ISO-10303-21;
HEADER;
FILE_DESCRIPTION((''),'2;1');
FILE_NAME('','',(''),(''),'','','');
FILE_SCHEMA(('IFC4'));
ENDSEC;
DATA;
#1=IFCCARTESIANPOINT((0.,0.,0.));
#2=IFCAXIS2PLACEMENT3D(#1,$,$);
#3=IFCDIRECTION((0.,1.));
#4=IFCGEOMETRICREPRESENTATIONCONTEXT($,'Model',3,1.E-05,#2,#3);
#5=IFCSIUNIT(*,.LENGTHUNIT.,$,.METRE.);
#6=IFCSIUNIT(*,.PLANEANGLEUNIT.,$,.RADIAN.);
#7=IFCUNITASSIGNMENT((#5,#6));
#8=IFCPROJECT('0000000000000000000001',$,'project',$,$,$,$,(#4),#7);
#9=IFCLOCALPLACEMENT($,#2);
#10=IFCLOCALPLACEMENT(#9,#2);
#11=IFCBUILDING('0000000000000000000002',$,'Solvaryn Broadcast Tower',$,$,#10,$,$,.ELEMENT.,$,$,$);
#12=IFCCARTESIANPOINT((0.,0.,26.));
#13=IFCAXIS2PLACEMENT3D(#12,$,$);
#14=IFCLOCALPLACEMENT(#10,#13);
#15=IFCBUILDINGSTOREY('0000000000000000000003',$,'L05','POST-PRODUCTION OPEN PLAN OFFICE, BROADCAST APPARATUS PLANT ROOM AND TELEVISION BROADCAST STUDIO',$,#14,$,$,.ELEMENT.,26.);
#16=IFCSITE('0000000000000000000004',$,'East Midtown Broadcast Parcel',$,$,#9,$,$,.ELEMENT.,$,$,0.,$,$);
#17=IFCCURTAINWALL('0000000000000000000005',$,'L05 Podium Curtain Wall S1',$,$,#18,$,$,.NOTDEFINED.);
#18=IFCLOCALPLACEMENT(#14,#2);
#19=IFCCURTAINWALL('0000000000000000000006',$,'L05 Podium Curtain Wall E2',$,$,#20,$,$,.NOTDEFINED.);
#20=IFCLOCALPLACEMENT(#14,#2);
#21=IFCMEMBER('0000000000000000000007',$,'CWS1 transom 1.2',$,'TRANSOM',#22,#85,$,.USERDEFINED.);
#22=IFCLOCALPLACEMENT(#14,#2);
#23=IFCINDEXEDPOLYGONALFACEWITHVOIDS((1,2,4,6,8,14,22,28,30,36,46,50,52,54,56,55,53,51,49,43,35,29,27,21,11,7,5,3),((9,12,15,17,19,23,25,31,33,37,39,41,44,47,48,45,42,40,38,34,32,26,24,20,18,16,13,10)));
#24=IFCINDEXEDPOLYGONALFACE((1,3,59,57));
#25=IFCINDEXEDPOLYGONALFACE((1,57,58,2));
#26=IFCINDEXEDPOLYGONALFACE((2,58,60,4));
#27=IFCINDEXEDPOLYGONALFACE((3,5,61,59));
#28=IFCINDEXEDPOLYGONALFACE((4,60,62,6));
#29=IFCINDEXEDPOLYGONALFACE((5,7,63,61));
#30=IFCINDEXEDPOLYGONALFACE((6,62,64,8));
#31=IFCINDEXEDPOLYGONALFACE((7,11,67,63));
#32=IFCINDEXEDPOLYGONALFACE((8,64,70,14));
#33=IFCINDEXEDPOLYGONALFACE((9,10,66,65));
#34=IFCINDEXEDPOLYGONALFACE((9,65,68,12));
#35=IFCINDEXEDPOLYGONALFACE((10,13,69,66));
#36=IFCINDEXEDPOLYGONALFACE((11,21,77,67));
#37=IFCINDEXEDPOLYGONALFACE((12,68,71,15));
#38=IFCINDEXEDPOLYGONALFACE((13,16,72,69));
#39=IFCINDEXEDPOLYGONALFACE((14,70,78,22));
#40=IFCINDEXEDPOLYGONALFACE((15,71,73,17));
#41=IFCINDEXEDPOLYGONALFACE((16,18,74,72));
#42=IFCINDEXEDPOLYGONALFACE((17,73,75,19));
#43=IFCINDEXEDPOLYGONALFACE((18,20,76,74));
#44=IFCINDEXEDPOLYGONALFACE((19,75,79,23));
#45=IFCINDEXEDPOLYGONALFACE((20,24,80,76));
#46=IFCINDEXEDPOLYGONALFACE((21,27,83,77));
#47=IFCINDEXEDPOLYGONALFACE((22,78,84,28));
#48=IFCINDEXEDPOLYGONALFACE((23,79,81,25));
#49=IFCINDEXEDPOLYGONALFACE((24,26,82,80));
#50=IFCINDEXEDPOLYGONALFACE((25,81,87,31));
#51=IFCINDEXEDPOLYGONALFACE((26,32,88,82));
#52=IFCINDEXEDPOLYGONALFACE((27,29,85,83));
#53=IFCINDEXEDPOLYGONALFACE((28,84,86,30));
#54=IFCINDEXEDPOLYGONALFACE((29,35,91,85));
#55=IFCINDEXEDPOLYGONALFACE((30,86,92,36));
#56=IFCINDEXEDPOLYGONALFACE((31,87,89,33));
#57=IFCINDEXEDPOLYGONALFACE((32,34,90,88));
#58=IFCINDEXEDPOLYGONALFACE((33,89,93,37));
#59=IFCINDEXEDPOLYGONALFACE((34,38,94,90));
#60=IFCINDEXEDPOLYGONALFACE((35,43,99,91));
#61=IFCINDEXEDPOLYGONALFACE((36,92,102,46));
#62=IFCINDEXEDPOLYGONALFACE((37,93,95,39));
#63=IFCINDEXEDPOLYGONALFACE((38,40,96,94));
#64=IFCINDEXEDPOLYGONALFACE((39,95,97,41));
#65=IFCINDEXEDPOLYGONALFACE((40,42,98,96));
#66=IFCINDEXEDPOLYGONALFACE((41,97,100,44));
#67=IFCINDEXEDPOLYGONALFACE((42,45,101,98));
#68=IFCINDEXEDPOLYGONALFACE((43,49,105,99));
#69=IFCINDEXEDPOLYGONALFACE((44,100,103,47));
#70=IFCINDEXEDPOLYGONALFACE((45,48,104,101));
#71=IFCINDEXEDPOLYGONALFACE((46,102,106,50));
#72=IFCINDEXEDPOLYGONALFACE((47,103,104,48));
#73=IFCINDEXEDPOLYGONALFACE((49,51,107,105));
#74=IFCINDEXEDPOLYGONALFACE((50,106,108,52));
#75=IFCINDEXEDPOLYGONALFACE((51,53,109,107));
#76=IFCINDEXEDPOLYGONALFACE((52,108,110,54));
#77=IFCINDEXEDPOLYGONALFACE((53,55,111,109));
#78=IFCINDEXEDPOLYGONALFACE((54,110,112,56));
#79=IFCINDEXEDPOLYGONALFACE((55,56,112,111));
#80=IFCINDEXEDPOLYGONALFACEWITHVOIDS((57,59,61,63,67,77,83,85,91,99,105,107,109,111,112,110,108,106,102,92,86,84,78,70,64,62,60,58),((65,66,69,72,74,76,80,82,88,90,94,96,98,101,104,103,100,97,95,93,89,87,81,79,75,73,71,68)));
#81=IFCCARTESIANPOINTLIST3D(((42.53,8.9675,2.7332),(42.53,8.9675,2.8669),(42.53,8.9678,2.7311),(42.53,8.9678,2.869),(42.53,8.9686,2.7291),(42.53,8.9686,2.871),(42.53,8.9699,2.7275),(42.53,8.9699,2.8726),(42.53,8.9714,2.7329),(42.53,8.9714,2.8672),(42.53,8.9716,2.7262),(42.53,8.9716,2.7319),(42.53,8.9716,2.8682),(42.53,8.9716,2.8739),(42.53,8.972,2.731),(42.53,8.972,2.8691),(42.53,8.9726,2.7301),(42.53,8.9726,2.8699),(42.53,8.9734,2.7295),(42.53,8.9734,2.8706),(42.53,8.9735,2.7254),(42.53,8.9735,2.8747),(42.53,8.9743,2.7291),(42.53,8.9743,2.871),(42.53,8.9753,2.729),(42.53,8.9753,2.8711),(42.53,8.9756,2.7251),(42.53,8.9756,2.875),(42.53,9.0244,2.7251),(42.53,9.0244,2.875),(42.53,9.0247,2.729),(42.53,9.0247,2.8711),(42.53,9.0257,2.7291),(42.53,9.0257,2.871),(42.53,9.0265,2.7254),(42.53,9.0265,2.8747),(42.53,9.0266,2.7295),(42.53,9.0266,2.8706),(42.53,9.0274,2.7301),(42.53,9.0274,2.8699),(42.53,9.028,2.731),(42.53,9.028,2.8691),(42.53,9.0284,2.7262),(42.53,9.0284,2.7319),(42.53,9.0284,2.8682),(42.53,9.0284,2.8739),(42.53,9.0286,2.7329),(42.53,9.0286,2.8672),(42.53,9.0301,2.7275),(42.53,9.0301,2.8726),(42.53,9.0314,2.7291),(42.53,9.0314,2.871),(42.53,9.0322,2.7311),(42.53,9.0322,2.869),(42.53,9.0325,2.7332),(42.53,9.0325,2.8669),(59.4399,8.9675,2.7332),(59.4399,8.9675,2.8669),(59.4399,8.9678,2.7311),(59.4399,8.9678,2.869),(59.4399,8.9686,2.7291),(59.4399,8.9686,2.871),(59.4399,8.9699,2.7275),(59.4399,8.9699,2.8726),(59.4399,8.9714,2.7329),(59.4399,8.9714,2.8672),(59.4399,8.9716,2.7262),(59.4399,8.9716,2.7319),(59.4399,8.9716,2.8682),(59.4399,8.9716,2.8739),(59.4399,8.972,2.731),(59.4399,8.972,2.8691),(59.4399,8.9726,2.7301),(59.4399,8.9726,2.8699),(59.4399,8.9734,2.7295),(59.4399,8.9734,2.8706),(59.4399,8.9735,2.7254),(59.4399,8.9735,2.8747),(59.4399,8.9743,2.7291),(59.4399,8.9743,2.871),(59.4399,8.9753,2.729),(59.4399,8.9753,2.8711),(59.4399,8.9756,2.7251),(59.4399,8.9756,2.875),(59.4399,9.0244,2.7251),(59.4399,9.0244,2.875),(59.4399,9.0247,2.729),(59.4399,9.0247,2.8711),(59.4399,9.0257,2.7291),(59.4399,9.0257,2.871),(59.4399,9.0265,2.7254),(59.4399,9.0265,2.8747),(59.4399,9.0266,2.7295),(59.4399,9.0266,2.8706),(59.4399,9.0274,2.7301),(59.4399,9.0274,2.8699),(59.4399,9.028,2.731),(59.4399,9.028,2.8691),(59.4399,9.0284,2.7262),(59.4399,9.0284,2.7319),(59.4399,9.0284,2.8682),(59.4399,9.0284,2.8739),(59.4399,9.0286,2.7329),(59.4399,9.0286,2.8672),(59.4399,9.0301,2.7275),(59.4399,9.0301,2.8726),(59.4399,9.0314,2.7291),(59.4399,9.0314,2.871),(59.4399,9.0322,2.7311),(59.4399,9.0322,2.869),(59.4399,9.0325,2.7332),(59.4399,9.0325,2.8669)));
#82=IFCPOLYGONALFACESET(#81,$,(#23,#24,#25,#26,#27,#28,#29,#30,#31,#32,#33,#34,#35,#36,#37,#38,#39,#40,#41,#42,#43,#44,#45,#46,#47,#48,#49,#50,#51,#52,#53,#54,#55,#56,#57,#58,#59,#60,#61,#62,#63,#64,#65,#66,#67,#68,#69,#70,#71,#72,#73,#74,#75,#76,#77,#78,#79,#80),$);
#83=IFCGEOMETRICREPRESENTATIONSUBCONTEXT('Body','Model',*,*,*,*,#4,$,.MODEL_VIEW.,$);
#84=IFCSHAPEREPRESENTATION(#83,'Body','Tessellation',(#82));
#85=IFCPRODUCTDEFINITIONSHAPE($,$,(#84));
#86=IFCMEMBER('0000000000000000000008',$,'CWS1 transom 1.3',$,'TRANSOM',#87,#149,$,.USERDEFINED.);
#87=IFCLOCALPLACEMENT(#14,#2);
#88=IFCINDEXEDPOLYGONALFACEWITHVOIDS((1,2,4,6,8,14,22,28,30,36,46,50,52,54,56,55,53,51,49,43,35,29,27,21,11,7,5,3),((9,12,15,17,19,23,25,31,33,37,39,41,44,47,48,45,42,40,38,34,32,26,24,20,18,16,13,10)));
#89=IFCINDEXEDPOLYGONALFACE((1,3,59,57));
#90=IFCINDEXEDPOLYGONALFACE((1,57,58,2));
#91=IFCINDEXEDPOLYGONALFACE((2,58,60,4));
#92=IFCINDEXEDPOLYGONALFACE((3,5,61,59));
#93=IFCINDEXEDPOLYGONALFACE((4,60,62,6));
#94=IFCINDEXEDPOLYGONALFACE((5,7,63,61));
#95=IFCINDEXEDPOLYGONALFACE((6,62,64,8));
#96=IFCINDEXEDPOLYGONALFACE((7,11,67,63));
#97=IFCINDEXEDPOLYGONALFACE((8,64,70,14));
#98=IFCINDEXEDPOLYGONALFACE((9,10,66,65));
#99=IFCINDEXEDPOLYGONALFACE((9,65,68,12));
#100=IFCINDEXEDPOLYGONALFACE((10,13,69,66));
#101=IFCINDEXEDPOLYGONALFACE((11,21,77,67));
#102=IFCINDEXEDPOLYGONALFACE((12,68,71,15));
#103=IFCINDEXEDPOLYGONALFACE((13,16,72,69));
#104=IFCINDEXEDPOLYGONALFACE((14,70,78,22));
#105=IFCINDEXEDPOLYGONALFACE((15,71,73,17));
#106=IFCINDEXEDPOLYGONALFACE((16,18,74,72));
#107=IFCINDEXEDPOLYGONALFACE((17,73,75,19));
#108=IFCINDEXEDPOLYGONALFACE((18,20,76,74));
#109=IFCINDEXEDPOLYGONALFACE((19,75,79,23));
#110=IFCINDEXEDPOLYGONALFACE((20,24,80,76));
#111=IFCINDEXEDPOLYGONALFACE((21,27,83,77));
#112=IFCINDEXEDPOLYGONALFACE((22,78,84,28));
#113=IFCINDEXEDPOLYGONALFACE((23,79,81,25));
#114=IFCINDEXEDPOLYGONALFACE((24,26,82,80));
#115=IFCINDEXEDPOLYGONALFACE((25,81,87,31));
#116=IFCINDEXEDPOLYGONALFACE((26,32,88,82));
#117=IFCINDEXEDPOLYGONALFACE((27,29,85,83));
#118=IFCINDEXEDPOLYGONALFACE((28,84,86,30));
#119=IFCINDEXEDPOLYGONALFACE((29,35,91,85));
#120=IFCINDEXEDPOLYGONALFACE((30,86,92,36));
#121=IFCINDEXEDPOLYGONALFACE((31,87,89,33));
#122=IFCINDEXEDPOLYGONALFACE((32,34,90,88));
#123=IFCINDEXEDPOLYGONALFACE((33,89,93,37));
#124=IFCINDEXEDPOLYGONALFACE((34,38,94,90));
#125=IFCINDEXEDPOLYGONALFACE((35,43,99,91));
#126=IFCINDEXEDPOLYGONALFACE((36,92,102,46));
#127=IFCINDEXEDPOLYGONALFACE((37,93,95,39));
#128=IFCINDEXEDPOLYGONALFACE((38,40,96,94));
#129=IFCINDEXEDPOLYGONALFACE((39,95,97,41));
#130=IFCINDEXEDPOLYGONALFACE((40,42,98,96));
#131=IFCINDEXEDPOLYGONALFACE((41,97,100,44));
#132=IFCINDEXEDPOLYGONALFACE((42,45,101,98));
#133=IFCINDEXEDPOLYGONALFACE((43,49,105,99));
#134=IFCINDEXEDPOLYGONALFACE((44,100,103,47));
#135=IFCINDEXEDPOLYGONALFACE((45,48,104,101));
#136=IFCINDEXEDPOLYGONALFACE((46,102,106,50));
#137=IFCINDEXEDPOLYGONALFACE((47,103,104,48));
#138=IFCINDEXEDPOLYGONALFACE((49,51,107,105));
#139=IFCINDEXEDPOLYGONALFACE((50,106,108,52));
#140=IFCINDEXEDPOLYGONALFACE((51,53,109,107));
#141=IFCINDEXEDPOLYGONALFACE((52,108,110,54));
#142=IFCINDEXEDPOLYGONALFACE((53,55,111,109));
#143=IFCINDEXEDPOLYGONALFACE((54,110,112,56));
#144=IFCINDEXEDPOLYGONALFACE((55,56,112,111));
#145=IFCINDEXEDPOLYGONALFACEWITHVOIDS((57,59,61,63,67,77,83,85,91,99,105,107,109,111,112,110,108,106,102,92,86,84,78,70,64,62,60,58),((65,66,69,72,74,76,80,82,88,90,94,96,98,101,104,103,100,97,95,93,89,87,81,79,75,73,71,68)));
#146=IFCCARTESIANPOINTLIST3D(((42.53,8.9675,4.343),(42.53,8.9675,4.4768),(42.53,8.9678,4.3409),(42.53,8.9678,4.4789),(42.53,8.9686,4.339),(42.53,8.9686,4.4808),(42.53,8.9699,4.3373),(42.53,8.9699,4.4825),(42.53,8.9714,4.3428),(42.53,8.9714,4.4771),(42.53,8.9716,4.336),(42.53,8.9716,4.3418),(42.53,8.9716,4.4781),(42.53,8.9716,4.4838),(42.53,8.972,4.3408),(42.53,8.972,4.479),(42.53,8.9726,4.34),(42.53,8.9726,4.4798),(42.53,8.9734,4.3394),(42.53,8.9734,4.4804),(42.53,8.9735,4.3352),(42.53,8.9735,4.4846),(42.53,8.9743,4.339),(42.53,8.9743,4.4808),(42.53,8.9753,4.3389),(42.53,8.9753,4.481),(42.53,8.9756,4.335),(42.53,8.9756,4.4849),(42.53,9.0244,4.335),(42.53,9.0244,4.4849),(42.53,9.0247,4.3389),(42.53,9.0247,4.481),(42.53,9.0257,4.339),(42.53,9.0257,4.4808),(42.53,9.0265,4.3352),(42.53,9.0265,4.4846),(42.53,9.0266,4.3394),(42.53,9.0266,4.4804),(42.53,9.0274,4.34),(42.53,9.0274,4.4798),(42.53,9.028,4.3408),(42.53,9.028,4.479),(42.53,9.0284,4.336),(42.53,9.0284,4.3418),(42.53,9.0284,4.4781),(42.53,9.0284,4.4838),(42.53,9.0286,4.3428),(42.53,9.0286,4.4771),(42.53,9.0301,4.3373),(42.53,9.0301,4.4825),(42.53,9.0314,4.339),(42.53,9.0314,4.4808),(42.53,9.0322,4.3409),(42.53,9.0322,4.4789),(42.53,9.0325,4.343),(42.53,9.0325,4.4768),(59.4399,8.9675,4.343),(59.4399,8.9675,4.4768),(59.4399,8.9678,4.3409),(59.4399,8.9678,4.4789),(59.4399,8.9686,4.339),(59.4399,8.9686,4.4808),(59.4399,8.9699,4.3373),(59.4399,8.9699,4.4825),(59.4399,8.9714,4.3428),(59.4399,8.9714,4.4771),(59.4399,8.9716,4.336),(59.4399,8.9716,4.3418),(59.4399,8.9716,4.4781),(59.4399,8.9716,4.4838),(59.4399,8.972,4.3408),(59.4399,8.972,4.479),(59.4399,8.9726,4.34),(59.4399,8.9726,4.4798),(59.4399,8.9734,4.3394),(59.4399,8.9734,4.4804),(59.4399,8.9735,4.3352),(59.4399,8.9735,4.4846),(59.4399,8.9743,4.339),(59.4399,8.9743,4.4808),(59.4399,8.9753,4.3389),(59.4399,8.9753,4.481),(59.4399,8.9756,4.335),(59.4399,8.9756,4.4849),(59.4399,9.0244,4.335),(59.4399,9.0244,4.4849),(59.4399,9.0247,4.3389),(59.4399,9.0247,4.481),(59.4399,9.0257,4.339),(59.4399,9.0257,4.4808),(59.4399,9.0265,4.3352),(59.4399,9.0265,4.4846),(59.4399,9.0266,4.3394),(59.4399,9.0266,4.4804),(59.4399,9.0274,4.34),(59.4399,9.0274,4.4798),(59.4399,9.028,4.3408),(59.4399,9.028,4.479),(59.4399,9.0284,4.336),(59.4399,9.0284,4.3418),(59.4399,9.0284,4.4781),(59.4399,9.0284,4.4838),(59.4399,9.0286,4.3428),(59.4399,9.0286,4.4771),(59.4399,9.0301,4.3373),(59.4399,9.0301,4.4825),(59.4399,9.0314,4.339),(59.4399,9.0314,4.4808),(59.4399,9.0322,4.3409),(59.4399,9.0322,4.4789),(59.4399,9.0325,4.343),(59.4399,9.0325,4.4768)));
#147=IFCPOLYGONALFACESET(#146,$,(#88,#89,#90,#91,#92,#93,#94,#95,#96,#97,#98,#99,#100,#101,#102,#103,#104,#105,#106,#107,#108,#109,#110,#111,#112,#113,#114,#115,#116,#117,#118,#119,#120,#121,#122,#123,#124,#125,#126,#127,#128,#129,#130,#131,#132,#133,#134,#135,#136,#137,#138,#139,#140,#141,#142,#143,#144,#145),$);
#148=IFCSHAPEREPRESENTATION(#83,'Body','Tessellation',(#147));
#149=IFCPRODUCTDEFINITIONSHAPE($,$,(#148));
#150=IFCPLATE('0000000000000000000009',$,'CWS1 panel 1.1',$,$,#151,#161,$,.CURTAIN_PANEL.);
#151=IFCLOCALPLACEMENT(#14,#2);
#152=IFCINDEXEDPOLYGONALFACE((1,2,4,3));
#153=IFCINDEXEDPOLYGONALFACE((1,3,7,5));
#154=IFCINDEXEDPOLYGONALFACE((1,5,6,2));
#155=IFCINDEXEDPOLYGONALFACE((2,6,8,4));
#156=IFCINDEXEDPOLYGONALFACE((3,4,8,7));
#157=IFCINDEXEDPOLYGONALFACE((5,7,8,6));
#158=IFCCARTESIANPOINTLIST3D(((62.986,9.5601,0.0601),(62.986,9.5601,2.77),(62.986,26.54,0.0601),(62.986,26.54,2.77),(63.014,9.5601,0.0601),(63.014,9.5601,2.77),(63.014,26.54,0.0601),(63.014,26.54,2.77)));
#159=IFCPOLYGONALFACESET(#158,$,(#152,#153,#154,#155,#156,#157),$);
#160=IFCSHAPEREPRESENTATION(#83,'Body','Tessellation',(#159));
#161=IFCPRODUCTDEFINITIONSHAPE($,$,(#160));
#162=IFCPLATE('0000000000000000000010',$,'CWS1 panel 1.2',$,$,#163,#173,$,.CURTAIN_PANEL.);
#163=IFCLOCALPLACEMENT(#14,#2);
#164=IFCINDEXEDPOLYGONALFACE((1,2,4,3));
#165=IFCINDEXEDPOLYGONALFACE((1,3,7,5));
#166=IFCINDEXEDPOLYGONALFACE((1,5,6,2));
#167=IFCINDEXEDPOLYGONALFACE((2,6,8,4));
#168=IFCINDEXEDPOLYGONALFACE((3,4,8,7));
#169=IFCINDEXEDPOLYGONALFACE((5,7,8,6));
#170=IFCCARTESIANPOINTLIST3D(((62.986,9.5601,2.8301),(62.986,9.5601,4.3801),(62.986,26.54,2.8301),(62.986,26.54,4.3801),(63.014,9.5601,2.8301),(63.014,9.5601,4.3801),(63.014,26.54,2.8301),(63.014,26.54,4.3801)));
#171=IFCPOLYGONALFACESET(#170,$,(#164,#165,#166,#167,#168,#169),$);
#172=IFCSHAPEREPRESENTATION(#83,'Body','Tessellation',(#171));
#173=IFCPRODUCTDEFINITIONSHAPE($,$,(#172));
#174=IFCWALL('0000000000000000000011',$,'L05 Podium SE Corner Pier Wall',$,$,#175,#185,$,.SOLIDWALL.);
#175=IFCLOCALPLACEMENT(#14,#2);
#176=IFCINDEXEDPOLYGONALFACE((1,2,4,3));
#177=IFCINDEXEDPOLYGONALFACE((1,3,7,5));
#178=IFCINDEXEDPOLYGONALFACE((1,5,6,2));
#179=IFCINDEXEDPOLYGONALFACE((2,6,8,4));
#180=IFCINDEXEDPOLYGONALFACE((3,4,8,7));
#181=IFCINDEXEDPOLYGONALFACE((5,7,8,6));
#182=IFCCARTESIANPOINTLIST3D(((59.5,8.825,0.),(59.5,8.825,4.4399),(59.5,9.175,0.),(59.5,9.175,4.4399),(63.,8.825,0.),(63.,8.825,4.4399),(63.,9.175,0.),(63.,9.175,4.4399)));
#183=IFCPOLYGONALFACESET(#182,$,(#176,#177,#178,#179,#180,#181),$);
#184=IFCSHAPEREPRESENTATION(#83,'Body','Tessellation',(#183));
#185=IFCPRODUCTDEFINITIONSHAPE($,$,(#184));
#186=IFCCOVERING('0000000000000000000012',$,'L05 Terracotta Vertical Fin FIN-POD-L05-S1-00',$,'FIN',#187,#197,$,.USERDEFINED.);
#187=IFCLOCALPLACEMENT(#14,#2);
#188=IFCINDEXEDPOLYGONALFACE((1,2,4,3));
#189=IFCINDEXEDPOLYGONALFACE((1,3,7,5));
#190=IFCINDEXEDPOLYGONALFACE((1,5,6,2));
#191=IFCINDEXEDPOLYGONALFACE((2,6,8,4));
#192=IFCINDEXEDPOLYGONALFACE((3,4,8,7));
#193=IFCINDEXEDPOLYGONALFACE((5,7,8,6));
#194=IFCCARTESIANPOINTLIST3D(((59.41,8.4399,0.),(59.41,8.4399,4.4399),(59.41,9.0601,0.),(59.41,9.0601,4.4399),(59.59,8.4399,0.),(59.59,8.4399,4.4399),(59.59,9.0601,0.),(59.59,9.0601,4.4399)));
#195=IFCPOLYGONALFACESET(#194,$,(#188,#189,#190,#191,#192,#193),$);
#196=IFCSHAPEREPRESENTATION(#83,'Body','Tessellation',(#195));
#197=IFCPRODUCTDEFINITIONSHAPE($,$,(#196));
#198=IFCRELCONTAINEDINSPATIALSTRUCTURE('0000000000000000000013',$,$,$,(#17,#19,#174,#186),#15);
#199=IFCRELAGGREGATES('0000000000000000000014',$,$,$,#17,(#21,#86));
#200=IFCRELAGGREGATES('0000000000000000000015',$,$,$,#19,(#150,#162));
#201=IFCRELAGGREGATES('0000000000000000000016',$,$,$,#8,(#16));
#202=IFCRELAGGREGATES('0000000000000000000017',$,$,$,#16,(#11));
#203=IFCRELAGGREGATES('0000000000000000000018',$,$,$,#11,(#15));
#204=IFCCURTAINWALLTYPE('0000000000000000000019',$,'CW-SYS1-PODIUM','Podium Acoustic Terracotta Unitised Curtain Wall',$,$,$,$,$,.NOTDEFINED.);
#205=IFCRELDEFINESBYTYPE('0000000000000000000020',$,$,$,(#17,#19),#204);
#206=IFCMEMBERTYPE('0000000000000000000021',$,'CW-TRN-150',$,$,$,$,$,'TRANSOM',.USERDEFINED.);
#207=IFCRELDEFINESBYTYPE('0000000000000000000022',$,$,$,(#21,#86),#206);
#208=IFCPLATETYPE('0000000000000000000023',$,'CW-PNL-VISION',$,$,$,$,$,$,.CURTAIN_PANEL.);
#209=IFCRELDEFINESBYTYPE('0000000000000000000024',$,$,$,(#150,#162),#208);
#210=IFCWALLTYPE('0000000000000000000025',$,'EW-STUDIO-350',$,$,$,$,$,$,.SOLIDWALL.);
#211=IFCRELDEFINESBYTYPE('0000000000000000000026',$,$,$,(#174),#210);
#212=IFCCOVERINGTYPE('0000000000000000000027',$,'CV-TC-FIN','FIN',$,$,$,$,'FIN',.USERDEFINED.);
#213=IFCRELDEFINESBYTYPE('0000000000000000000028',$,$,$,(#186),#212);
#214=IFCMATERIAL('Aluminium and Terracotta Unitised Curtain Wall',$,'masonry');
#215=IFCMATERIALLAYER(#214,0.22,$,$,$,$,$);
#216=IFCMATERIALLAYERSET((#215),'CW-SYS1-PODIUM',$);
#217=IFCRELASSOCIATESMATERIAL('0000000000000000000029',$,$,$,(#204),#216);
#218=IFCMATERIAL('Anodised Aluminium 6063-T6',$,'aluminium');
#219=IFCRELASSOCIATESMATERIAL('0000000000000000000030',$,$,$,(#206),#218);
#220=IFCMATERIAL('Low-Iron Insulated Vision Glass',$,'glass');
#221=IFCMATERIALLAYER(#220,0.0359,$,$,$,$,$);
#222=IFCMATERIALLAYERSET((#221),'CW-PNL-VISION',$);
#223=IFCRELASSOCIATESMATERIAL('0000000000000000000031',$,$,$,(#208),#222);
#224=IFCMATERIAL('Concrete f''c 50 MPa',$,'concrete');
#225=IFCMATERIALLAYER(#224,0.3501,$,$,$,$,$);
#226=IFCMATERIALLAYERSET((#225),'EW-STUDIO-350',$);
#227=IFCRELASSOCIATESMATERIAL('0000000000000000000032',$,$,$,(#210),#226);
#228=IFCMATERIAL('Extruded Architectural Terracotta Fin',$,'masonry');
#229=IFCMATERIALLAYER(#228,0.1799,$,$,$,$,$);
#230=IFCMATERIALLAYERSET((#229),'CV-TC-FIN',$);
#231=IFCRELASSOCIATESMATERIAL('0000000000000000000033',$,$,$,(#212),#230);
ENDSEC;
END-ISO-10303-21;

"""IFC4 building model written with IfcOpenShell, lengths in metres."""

from ifc_helpers import new_model, si_unit, direction, frame, frame_2d, origin, origin_2d, place, context, subcontext, project, spatial, rectangle, hollow_rectangle, extrude, material, layer, layer_set, material_profile, profile_set, type_object, element, aggregate, save


model = new_model("IFC4")

# Units and contexts
model_context = context("Model", 3, precision=1e-05, world=origin(), true_north=direction((0.0, 1.0)))
body_context = subcontext(model_context, "Body", "Model", "MODEL_VIEW")
ifc_project = project(units=[si_unit("LENGTHUNIT", "METRE"), si_unit("PLANEANGLEUNIT", "RADIAN")], contexts=[model_context])

# Site, building, storey
site_placement = place(None, origin())
site = spatial("IfcSite", under=ifc_project, at=site_placement, Name="East Midtown Broadcast Parcel", CompositionType="ELEMENT", RefElevation=0.0)
building_placement = place(site_placement, origin())
building = spatial("IfcBuilding", under=site, at=building_placement, Name="Solvaryn Broadcast Tower", CompositionType="ELEMENT")
storey_placement = place(building_placement, frame((0.0, 0.0, 26.0)))
storey = spatial("IfcBuildingStorey", under=building, at=storey_placement, Name="L05", Description="POST-PRODUCTION OPEN PLAN OFFICE, BROADCAST APPARATUS PLANT ROOM AND TELEVISION BROADCAST STUDIO", CompositionType="ELEMENT", Elevation=26.0)

# Curtain walls
ifc_material_1 = material(Name="Aluminium and Terracotta Unitised Curtain Wall", Category="masonry")
ifc_layer_1 = layer(ifc_material_1, 0.22)
ifc_layer_set_1 = layer_set([ifc_layer_1], Name="CW-SYS1-PODIUM")
curtain_wall_type = type_object("IfcCurtainWallType", Name="CW-SYS1-PODIUM", Description="Podium Acoustic Terracotta Unitised Curtain Wall", PredefinedType="NOTDEFINED", material=ifc_layer_set_1)
curtain_wall_1_placement = place(storey_placement, origin())
curtain_wall_1 = element("IfcCurtainWall", 1, at=curtain_wall_1_placement, inside=storey, type_object=curtain_wall_type, Name="L05 Podium Curtain Wall S1", PredefinedType="NOTDEFINED")
curtain_wall_2_placement = place(storey_placement, origin())
curtain_wall_2 = element("IfcCurtainWall", 2, at=curtain_wall_2_placement, inside=storey, type_object=curtain_wall_type, Name="L05 Podium Curtain Wall E2", PredefinedType="NOTDEFINED")

# Members
ifc_material_2 = material(Name="Anodised Aluminium 6063-T6", Category="aluminium")
ifc_material_profile_1 = material_profile(ifc_material_2, hollow_rectangle(XDim=0.0649, YDim=0.1499, WallThickness=0.0039, InnerFilletRadius=0.0039, OuterFilletRadius=0.0081, at=origin_2d()))
ifc_profile_set_1 = profile_set([ifc_material_profile_1], Name="Anodised Aluminium 6063-T6")
member_type_1 = type_object("IfcMemberType", Name="CW-TRN-150", ElementType="TRANSOM", PredefinedType="USERDEFINED", material=ifc_profile_set_1)
member_1_placement = place(storey_placement, frame((59.4399, 9.0, 2.8), z_axis=(-1.0, 0.0, 0.0), x_axis=(0.0, -1.0, 0.0)))
member_1 = element("IfcMember", 3, at=member_1_placement, type_object=member_type_1, Name="CWS1 transom 1.2", ObjectType="TRANSOM", PredefinedType="USERDEFINED", context=body_context, shape_type="SweptSolid", body=[
    extrude(hollow_rectangle(XDim=0.0649, YDim=0.1499, WallThickness=0.0039, InnerFilletRadius=0.0039, OuterFilletRadius=0.0081, at=origin_2d()), origin(), (0.0, 0.0, 1.0), 16.9099),
])
member_2_placement = place(storey_placement, frame((59.4399, 9.0, 4.4099), z_axis=(-1.0, 0.0, 0.0), x_axis=(0.0, -1.0, 0.0)))
member_2 = element("IfcMember", 4, at=member_2_placement, type_object=member_type_1, Name="CWS1 transom 1.3", ObjectType="TRANSOM", PredefinedType="USERDEFINED", context=body_context, shape_type="SweptSolid", body=[
    extrude(hollow_rectangle(XDim=0.0649, YDim=0.1499, WallThickness=0.0039, InnerFilletRadius=0.0039, OuterFilletRadius=0.0081, at=origin_2d()), origin(), (0.0, 0.0, 1.0), 16.9099),
])
aggregate(curtain_wall_1, [member_1, member_2])

# Plates
ifc_material_3 = material(Name="Low-Iron Insulated Vision Glass", Category="glass")
ifc_layer_2 = layer(ifc_material_3, 0.0359)
ifc_layer_set_2 = layer_set([ifc_layer_2], Name="CW-PNL-VISION")
plate_type = type_object("IfcPlateType", Name="CW-PNL-VISION", PredefinedType="CURTAIN_PANEL", material=ifc_layer_set_2)
plate_1_placement = place(storey_placement, frame((63.0, 18.05, 0.0601), z_axis=(0.0, 0.0, 1.0), x_axis=(0.0, -1.0, 0.0)))
plate_1 = element("IfcPlate", 5, at=plate_1_placement, type_object=plate_type, Name="CWS1 panel 1.1", PredefinedType="CURTAIN_PANEL", context=body_context, shape_type="SweptSolid", body=[
    extrude(rectangle(XDim=16.98, YDim=0.0281, at=origin_2d()), origin(), (0.0, 0.0, 1.0), 2.71),
])
plate_2_placement = place(storey_placement, frame((63.0, 18.05, 2.8301), z_axis=(0.0, 0.0, 1.0), x_axis=(0.0, -1.0, 0.0)))
plate_2 = element("IfcPlate", 6, at=plate_2_placement, type_object=plate_type, Name="CWS1 panel 1.2", PredefinedType="CURTAIN_PANEL", context=body_context, shape_type="SweptSolid", body=[
    extrude(rectangle(XDim=16.98, YDim=0.0281, at=origin_2d()), origin(), (0.0, 0.0, 1.0), 1.55),
])
aggregate(curtain_wall_2, [plate_1, plate_2])

# Wall
ifc_material_4 = material(Name="Concrete f'c 50 MPa", Category="concrete")
ifc_layer_3 = layer(ifc_material_4, 0.3501)
ifc_layer_set_3 = layer_set([ifc_layer_3], Name="EW-STUDIO-350")
wall_type = type_object("IfcWallType", Name="EW-STUDIO-350", PredefinedType="SOLIDWALL", material=ifc_layer_set_3)
wall_placement = place(storey_placement, frame((63.0, 9.0, 0.0), z_axis=(0.0, 0.0, 1.0), x_axis=(-1.0, 0.0, 0.0)))
element("IfcWall", 7, at=wall_placement, inside=storey, type_object=wall_type, Name="L05 Podium SE Corner Pier Wall", PredefinedType="SOLIDWALL", context=body_context, shape_type="SweptSolid", body=[
    extrude(rectangle(XDim=3.5, YDim=0.3501, at=frame_2d((1.75, 0.0))), origin(), (0.0, 0.0, 1.0), 4.4399),
])

# Covering
ifc_material_5 = material(Name="Extruded Architectural Terracotta Fin", Category="masonry")
ifc_layer_4 = layer(ifc_material_5, 0.1799)
ifc_layer_set_4 = layer_set([ifc_layer_4], Name="CV-TC-FIN")
covering_type = type_object("IfcCoveringType", Name="CV-TC-FIN", Description="FIN", ElementType="FIN", PredefinedType="USERDEFINED", material=ifc_layer_set_4)
for number, where, z_axis, x_axis, name in (
    (8, (59.5, 8.75, 0.0), (0.0, 0.0, 1.0), (1.0, 0.0, 0.0), "L05 Terracotta Vertical Fin FIN-POD-L05-S1-00"),
):
    element("IfcCovering", number, at=place(storey_placement, frame(where, z_axis=z_axis, x_axis=x_axis)), inside=storey, type_object=covering_type, Name=name, ObjectType="FIN", PredefinedType="USERDEFINED", context=body_context, shape_type="SweptSolid", body=[
        extrude(rectangle(XDim=0.1799, YDim=0.6201, at=origin_2d()), origin(), (0.0, 0.0, 1.0), 4.4399),
    ])

save(model, "model.ifc")
